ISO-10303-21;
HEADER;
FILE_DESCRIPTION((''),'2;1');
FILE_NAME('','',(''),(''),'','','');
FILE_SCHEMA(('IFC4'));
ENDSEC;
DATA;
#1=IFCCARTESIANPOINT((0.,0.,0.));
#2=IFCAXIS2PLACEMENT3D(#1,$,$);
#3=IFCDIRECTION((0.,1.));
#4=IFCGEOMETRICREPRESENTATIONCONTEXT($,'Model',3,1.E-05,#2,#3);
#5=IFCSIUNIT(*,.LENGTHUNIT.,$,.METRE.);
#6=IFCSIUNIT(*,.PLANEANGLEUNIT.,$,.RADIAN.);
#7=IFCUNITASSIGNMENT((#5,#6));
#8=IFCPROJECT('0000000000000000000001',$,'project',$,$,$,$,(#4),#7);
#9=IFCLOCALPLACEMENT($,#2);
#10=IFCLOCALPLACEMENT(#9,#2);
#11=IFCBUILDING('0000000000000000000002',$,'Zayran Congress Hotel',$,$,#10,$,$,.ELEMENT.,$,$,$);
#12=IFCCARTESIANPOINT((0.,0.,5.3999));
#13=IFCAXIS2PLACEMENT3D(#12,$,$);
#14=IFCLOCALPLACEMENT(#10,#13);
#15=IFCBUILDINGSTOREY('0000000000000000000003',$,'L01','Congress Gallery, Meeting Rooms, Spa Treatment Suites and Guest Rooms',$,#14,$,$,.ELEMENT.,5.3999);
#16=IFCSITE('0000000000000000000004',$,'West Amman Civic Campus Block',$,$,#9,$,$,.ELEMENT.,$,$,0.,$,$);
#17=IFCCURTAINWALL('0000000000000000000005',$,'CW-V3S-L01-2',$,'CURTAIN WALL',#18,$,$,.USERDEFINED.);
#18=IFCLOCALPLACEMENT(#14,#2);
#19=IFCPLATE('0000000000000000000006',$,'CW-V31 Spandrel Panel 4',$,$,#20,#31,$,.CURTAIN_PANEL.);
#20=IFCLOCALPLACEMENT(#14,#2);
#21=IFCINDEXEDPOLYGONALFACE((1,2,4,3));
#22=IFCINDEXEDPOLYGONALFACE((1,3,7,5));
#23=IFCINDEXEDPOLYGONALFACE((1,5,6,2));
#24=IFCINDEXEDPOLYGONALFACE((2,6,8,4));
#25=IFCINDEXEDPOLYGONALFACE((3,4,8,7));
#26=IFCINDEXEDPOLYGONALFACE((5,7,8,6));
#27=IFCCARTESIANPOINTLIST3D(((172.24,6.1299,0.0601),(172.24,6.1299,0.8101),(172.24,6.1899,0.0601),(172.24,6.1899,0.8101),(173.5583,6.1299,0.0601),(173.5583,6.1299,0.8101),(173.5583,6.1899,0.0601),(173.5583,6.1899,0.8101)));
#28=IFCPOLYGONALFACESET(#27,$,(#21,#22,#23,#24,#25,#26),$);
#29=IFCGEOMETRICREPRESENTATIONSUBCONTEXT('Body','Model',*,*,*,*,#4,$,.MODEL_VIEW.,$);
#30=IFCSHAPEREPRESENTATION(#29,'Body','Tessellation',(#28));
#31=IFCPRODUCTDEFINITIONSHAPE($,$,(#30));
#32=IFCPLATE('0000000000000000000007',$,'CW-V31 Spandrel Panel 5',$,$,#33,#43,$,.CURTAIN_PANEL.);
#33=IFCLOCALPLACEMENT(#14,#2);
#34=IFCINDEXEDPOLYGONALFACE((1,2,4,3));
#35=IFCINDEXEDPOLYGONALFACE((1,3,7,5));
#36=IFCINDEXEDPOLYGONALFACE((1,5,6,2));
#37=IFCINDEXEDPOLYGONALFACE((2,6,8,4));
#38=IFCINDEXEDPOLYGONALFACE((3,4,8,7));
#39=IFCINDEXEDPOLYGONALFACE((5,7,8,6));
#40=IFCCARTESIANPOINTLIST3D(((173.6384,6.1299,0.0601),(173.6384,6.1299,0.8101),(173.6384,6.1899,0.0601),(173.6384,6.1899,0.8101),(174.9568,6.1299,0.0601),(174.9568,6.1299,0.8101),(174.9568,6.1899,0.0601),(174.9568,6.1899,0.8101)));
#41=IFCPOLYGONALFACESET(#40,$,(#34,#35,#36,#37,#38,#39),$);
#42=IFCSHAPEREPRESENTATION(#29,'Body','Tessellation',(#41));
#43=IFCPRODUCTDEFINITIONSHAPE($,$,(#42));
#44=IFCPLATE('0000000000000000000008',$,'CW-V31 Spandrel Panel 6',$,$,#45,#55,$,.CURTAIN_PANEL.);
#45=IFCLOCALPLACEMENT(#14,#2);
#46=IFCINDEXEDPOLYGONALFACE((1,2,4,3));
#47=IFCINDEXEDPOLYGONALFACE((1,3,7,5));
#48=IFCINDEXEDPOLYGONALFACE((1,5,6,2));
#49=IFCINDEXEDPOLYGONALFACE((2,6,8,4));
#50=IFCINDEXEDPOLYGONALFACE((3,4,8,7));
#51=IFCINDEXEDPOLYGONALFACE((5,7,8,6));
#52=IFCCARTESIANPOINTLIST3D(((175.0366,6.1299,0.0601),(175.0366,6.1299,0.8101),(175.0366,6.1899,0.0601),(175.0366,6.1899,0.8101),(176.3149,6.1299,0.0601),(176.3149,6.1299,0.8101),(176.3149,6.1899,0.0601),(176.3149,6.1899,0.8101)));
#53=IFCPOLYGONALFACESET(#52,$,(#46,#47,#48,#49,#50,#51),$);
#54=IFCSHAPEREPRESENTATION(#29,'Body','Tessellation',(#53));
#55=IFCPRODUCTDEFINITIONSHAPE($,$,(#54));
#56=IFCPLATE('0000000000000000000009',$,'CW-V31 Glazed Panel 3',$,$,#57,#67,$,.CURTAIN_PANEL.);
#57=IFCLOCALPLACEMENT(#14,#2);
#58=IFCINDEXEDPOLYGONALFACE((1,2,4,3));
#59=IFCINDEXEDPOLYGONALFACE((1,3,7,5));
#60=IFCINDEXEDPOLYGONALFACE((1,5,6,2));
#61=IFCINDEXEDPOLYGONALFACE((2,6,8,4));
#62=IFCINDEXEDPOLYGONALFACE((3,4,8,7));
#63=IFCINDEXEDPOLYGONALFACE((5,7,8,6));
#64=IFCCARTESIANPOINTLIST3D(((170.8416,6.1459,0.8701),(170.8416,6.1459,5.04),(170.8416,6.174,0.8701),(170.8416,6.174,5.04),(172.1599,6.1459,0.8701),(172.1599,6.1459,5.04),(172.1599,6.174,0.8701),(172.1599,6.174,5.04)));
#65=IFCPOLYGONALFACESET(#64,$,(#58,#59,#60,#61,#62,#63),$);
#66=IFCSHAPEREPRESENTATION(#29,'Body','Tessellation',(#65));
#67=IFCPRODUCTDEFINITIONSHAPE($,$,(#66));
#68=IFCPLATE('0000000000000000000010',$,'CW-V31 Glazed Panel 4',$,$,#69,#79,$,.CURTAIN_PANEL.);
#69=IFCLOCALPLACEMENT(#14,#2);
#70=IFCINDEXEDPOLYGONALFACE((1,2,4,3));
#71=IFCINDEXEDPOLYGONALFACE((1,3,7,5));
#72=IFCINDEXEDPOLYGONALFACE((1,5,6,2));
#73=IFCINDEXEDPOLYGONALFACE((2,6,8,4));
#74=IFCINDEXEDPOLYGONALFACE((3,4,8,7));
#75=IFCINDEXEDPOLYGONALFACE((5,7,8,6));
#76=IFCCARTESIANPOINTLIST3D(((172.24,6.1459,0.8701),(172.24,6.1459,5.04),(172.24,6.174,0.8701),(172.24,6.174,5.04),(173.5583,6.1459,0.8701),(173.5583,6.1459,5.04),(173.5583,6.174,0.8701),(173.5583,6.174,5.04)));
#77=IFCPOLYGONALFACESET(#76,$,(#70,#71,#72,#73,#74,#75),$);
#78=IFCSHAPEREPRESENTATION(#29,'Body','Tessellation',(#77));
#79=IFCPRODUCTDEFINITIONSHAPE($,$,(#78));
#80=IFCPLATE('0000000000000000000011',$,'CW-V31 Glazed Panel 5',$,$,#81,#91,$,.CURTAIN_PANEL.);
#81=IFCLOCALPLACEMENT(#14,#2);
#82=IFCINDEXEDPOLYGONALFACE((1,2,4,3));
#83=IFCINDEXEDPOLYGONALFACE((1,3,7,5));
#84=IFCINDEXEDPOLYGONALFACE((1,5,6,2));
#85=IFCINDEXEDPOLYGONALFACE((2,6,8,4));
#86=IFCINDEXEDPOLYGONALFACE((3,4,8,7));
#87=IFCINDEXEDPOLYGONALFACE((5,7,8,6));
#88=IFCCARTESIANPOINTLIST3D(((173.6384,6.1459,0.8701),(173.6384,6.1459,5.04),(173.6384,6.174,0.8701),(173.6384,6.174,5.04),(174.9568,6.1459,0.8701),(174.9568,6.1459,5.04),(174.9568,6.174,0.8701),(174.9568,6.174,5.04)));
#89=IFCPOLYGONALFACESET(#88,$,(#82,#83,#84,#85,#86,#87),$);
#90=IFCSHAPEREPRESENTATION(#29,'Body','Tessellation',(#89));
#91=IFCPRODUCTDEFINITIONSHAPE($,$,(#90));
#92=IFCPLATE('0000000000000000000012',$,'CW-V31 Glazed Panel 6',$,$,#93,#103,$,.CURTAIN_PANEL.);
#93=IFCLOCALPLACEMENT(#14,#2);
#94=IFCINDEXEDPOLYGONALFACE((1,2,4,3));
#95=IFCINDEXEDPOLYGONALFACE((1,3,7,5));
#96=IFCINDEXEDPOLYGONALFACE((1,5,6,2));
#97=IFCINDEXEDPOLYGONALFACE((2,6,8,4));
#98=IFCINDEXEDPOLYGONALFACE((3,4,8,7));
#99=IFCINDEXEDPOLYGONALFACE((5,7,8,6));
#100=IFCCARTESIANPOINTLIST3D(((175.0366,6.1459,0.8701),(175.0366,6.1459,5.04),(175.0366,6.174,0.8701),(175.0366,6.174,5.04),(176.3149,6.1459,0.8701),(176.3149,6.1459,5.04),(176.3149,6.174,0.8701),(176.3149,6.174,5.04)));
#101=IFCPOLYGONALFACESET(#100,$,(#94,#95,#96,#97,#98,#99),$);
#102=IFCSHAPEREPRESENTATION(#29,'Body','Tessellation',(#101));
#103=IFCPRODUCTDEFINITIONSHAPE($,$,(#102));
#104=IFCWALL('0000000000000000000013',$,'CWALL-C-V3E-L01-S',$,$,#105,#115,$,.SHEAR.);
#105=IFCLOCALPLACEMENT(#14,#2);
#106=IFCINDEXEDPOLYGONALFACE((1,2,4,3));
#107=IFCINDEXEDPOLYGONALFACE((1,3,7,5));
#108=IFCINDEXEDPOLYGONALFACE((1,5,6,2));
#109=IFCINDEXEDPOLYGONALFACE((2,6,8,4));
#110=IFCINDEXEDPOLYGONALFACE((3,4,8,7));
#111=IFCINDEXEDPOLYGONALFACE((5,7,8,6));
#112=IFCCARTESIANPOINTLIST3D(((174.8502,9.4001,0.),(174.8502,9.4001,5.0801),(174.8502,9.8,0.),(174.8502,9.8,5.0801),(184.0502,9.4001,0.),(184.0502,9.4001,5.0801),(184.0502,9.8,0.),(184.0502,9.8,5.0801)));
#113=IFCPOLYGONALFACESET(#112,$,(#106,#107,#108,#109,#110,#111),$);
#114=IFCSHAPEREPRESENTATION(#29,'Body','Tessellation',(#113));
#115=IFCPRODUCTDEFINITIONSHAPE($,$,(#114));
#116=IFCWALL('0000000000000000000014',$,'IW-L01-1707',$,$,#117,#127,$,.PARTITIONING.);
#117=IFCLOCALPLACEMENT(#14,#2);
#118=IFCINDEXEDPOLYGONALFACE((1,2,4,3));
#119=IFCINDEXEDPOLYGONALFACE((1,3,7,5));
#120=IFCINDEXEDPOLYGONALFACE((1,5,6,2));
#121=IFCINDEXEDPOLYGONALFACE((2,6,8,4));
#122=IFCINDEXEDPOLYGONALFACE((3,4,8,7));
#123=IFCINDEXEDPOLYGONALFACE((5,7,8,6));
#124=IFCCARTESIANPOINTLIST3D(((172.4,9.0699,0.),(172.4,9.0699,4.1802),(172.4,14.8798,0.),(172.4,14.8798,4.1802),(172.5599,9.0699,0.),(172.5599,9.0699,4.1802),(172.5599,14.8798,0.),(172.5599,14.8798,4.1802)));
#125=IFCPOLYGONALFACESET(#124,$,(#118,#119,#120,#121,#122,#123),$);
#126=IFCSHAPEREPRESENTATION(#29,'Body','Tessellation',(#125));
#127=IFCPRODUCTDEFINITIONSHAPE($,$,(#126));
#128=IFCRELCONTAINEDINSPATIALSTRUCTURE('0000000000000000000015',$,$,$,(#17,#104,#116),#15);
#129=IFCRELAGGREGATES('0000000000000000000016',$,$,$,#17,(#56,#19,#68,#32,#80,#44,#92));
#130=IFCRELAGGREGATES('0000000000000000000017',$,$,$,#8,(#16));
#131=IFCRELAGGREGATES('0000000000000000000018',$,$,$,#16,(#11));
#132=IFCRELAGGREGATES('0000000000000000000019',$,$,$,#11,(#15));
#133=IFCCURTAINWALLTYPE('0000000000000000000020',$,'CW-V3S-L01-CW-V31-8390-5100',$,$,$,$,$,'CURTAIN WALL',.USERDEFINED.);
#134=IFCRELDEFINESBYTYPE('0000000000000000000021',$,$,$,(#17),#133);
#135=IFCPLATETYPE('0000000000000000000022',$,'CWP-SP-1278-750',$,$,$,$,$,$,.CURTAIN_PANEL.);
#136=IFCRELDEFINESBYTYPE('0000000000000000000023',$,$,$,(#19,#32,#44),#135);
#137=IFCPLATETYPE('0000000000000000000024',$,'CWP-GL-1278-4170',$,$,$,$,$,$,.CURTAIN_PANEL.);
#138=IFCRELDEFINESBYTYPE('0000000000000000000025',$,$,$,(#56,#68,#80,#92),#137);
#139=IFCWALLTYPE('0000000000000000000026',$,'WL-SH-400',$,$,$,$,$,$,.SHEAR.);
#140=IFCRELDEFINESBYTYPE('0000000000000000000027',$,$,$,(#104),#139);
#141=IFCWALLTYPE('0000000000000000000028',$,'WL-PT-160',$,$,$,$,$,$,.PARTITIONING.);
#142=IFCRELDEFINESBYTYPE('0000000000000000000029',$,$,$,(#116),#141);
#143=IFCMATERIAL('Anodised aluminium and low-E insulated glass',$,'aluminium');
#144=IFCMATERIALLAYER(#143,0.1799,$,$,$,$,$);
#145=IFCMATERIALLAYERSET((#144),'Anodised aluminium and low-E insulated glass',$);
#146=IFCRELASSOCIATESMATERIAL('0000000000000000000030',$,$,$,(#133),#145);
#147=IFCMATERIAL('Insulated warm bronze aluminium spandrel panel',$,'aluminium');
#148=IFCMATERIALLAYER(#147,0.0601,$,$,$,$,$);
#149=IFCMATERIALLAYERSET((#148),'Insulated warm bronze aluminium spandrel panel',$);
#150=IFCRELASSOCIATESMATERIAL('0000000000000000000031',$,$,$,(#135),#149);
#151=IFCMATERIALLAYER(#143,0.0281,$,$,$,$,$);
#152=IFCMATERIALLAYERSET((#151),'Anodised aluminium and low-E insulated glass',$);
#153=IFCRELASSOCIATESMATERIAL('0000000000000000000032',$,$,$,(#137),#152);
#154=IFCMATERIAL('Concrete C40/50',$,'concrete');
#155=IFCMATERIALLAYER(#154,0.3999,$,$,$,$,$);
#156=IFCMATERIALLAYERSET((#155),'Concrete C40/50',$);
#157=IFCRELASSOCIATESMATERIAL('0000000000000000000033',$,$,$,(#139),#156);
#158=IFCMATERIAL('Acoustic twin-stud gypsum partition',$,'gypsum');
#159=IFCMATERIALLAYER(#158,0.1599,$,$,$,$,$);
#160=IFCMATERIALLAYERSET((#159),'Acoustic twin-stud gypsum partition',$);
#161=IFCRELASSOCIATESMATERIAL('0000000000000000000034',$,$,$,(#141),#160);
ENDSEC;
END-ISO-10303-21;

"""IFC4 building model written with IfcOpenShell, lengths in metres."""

from ifc_helpers import new_model, si_unit, direction, frame, frame_2d, origin, origin_2d, place, context, subcontext, project, spatial, rectangle, extrude, material, layer, layer_set, type_object, element, aggregate, save


model = new_model("IFC4")

# Units and contexts
model_context = context("Model", 3, precision=1e-05, world=origin(), true_north=direction((0.0, 1.0)))
body_context = subcontext(model_context, "Body", "Model", "MODEL_VIEW")
ifc_project = project(units=[si_unit("LENGTHUNIT", "METRE"), si_unit("PLANEANGLEUNIT", "RADIAN")], contexts=[model_context])

# Site, building, storey
site_placement = place(None, origin())
site = spatial("IfcSite", under=ifc_project, at=site_placement, Name="West Amman Civic Campus Block", CompositionType="ELEMENT", RefElevation=0.0)
building_placement = place(site_placement, origin())
building = spatial("IfcBuilding", under=site, at=building_placement, Name="Zayran Congress Hotel", CompositionType="ELEMENT")
storey_placement = place(building_placement, frame((0.0, 0.0, 5.3999)))
storey = spatial("IfcBuildingStorey", under=building, at=storey_placement, Name="L01", Description="Congress Gallery, Meeting Rooms, Spa Treatment Suites and Guest Rooms", CompositionType="ELEMENT", Elevation=5.3999)

# Curtain wall, plates
ifc_material_1 = material(Name="Anodised aluminium and low-E insulated glass", Category="aluminium")
ifc_layer_1 = layer(ifc_material_1, 0.1799)
ifc_layer_set_1 = layer_set([ifc_layer_1], Name="Anodised aluminium and low-E insulated glass")
curtain_wall_type = type_object("IfcCurtainWallType", Name="CW-V3S-L01-CW-V31-8390-5100", ElementType="CURTAIN WALL", PredefinedType="USERDEFINED", material=ifc_layer_set_1)
curtain_wall_placement = place(storey_placement, origin())
curtain_wall = element("IfcCurtainWall", 1, at=curtain_wall_placement, inside=storey, type_object=curtain_wall_type, Name="CW-V3S-L01-2", ObjectType="CURTAIN WALL", PredefinedType="USERDEFINED")
ifc_material_2 = material(Name="Insulated warm bronze aluminium spandrel panel", Category="aluminium")
ifc_layer_2 = layer(ifc_material_2, 0.0601)
ifc_layer_set_2 = layer_set([ifc_layer_2], Name="Insulated warm bronze aluminium spandrel panel")
plate_type_1 = type_object("IfcPlateType", Name="CWP-SP-1278-750", PredefinedType="CURTAIN_PANEL", material=ifc_layer_set_2)
plate_1_placement = place(storey_placement, frame((172.8992, 6.1599, 0.0601), z_axis=(0.0, 0.0, 1.0), x_axis=(1.0, 0.0, 0.0)))
plate_1 = element("IfcPlate", 2, at=plate_1_placement, type_object=plate_type_1, Name="CW-V31 Spandrel Panel 4", PredefinedType="CURTAIN_PANEL", context=body_context, shape_type="SweptSolid", body=[
    extrude(rectangle(XDim=1.3184, YDim=0.0601, at=origin_2d()), origin(), (0.0, 0.0, 1.0), 0.75),
])
plate_2_placement = place(storey_placement, frame((174.2976, 6.1599, 0.0601), z_axis=(0.0, 0.0, 1.0), x_axis=(1.0, 0.0, 0.0)))
plate_2 = element("IfcPlate", 3, at=plate_2_placement, type_object=plate_type_1, Name="CW-V31 Spandrel Panel 5", PredefinedType="CURTAIN_PANEL", context=body_context, shape_type="SweptSolid", body=[
    extrude(rectangle(XDim=1.3184, YDim=0.0601, at=origin_2d()), origin(), (0.0, 0.0, 1.0), 0.75),
])
plate_3_placement = place(storey_placement, frame((175.6758, 6.1599, 0.0601), z_axis=(0.0, 0.0, 1.0), x_axis=(1.0, 0.0, 0.0)))
plate_3 = element("IfcPlate", 4, at=plate_3_placement, type_object=plate_type_1, Name="CW-V31 Spandrel Panel 6", PredefinedType="CURTAIN_PANEL", context=body_context, shape_type="SweptSolid", body=[
    extrude(rectangle(XDim=1.2783, YDim=0.0601, at=origin_2d()), origin(), (0.0, 0.0, 1.0), 0.75),
])
ifc_layer_3 = layer(ifc_material_1, 0.0281)
ifc_layer_set_3 = layer_set([ifc_layer_3], Name="Anodised aluminium and low-E insulated glass")
plate_type_2 = type_object("IfcPlateType", Name="CWP-GL-1278-4170", PredefinedType="CURTAIN_PANEL", material=ifc_layer_set_3)
plate_4_placement = place(storey_placement, frame((171.5007, 6.1599, 0.8701), z_axis=(0.0, 0.0, 1.0), x_axis=(1.0, 0.0, 0.0)))
plate_4 = element("IfcPlate", 5, at=plate_4_placement, type_object=plate_type_2, Name="CW-V31 Glazed Panel 3", PredefinedType="CURTAIN_PANEL", context=body_context, shape_type="SweptSolid", body=[
    extrude(rectangle(XDim=1.3184, YDim=0.0281, at=origin_2d()), origin(), (0.0, 0.0, 1.0), 4.1699),
])
plate_5_placement = place(storey_placement, frame((172.8992, 6.1599, 0.8701), z_axis=(0.0, 0.0, 1.0), x_axis=(1.0, 0.0, 0.0)))
plate_5 = element("IfcPlate", 6, at=plate_5_placement, type_object=plate_type_2, Name="CW-V31 Glazed Panel 4", PredefinedType="CURTAIN_PANEL", context=body_context, shape_type="SweptSolid", body=[
    extrude(rectangle(XDim=1.3184, YDim=0.0281, at=origin_2d()), origin(), (0.0, 0.0, 1.0), 4.1699),
])
plate_6_placement = place(storey_placement, frame((174.2976, 6.1599, 0.8701), z_axis=(0.0, 0.0, 1.0), x_axis=(1.0, 0.0, 0.0)))
plate_6 = element("IfcPlate", 7, at=plate_6_placement, type_object=plate_type_2, Name="CW-V31 Glazed Panel 5", PredefinedType="CURTAIN_PANEL", context=body_context, shape_type="SweptSolid", body=[
    extrude(rectangle(XDim=1.3184, YDim=0.0281, at=origin_2d()), origin(), (0.0, 0.0, 1.0), 4.1699),
])
plate_7_placement = place(storey_placement, frame((175.6758, 6.1599, 0.8701), z_axis=(0.0, 0.0, 1.0), x_axis=(1.0, 0.0, 0.0)))
plate_7 = element("IfcPlate", 8, at=plate_7_placement, type_object=plate_type_2, Name="CW-V31 Glazed Panel 6", PredefinedType="CURTAIN_PANEL", context=body_context, shape_type="SweptSolid", body=[
    extrude(rectangle(XDim=1.2783, YDim=0.0281, at=origin_2d()), origin(), (0.0, 0.0, 1.0), 4.1699),
])
aggregate(curtain_wall, [plate_4, plate_1, plate_5, plate_2, plate_6, plate_3, plate_7])

# Walls
ifc_material_3 = material(Name="Concrete C40/50", Category="concrete")
ifc_layer_4 = layer(ifc_material_3, 0.3999)
ifc_layer_set_4 = layer_set([ifc_layer_4], Name="Concrete C40/50")
wall_type_1 = type_object("IfcWallType", Name="WL-SH-400", PredefinedType="SHEAR", material=ifc_layer_set_4)
wall_1_placement = place(storey_placement, frame((174.8501, 9.6001, 0.0), z_axis=(0.0, 0.0, 1.0), x_axis=(1.0, 0.0, 0.0)))
element("IfcWall", 9, at=wall_1_placement, inside=storey, type_object=wall_type_1, Name="CWALL-C-V3E-L01-S", PredefinedType="SHEAR", context=body_context, shape_type="SweptSolid", body=[
    extrude(rectangle(XDim=9.2, YDim=0.3999, at=frame_2d((4.6001, 0.0))), origin(), (0.0, 0.0, 1.0), 5.0801),
])
ifc_material_4 = material(Name="Acoustic twin-stud gypsum partition", Category="gypsum")
ifc_layer_5 = layer(ifc_material_4, 0.1599)
ifc_layer_set_5 = layer_set([ifc_layer_5], Name="Acoustic twin-stud gypsum partition")
wall_type_2 = type_object("IfcWallType", Name="WL-PT-160", PredefinedType="PARTITIONING", material=ifc_layer_set_5)
wall_2_placement = place(storey_placement, frame((172.48, 9.0701, 0.0), z_axis=(0.0, 0.0, 1.0), x_axis=(0.0, 1.0, 0.0)))
element("IfcWall", 10, at=wall_2_placement, inside=storey, type_object=wall_type_2, Name="IW-L01-1707", PredefinedType="PARTITIONING", context=body_context, shape_type="SweptSolid", body=[
    extrude(rectangle(XDim=5.8098, YDim=0.1599, at=frame_2d((2.9048, 0.0))), origin(), (0.0, 0.0, 1.0), 4.1802),
])

save(model, "model.ifc")
